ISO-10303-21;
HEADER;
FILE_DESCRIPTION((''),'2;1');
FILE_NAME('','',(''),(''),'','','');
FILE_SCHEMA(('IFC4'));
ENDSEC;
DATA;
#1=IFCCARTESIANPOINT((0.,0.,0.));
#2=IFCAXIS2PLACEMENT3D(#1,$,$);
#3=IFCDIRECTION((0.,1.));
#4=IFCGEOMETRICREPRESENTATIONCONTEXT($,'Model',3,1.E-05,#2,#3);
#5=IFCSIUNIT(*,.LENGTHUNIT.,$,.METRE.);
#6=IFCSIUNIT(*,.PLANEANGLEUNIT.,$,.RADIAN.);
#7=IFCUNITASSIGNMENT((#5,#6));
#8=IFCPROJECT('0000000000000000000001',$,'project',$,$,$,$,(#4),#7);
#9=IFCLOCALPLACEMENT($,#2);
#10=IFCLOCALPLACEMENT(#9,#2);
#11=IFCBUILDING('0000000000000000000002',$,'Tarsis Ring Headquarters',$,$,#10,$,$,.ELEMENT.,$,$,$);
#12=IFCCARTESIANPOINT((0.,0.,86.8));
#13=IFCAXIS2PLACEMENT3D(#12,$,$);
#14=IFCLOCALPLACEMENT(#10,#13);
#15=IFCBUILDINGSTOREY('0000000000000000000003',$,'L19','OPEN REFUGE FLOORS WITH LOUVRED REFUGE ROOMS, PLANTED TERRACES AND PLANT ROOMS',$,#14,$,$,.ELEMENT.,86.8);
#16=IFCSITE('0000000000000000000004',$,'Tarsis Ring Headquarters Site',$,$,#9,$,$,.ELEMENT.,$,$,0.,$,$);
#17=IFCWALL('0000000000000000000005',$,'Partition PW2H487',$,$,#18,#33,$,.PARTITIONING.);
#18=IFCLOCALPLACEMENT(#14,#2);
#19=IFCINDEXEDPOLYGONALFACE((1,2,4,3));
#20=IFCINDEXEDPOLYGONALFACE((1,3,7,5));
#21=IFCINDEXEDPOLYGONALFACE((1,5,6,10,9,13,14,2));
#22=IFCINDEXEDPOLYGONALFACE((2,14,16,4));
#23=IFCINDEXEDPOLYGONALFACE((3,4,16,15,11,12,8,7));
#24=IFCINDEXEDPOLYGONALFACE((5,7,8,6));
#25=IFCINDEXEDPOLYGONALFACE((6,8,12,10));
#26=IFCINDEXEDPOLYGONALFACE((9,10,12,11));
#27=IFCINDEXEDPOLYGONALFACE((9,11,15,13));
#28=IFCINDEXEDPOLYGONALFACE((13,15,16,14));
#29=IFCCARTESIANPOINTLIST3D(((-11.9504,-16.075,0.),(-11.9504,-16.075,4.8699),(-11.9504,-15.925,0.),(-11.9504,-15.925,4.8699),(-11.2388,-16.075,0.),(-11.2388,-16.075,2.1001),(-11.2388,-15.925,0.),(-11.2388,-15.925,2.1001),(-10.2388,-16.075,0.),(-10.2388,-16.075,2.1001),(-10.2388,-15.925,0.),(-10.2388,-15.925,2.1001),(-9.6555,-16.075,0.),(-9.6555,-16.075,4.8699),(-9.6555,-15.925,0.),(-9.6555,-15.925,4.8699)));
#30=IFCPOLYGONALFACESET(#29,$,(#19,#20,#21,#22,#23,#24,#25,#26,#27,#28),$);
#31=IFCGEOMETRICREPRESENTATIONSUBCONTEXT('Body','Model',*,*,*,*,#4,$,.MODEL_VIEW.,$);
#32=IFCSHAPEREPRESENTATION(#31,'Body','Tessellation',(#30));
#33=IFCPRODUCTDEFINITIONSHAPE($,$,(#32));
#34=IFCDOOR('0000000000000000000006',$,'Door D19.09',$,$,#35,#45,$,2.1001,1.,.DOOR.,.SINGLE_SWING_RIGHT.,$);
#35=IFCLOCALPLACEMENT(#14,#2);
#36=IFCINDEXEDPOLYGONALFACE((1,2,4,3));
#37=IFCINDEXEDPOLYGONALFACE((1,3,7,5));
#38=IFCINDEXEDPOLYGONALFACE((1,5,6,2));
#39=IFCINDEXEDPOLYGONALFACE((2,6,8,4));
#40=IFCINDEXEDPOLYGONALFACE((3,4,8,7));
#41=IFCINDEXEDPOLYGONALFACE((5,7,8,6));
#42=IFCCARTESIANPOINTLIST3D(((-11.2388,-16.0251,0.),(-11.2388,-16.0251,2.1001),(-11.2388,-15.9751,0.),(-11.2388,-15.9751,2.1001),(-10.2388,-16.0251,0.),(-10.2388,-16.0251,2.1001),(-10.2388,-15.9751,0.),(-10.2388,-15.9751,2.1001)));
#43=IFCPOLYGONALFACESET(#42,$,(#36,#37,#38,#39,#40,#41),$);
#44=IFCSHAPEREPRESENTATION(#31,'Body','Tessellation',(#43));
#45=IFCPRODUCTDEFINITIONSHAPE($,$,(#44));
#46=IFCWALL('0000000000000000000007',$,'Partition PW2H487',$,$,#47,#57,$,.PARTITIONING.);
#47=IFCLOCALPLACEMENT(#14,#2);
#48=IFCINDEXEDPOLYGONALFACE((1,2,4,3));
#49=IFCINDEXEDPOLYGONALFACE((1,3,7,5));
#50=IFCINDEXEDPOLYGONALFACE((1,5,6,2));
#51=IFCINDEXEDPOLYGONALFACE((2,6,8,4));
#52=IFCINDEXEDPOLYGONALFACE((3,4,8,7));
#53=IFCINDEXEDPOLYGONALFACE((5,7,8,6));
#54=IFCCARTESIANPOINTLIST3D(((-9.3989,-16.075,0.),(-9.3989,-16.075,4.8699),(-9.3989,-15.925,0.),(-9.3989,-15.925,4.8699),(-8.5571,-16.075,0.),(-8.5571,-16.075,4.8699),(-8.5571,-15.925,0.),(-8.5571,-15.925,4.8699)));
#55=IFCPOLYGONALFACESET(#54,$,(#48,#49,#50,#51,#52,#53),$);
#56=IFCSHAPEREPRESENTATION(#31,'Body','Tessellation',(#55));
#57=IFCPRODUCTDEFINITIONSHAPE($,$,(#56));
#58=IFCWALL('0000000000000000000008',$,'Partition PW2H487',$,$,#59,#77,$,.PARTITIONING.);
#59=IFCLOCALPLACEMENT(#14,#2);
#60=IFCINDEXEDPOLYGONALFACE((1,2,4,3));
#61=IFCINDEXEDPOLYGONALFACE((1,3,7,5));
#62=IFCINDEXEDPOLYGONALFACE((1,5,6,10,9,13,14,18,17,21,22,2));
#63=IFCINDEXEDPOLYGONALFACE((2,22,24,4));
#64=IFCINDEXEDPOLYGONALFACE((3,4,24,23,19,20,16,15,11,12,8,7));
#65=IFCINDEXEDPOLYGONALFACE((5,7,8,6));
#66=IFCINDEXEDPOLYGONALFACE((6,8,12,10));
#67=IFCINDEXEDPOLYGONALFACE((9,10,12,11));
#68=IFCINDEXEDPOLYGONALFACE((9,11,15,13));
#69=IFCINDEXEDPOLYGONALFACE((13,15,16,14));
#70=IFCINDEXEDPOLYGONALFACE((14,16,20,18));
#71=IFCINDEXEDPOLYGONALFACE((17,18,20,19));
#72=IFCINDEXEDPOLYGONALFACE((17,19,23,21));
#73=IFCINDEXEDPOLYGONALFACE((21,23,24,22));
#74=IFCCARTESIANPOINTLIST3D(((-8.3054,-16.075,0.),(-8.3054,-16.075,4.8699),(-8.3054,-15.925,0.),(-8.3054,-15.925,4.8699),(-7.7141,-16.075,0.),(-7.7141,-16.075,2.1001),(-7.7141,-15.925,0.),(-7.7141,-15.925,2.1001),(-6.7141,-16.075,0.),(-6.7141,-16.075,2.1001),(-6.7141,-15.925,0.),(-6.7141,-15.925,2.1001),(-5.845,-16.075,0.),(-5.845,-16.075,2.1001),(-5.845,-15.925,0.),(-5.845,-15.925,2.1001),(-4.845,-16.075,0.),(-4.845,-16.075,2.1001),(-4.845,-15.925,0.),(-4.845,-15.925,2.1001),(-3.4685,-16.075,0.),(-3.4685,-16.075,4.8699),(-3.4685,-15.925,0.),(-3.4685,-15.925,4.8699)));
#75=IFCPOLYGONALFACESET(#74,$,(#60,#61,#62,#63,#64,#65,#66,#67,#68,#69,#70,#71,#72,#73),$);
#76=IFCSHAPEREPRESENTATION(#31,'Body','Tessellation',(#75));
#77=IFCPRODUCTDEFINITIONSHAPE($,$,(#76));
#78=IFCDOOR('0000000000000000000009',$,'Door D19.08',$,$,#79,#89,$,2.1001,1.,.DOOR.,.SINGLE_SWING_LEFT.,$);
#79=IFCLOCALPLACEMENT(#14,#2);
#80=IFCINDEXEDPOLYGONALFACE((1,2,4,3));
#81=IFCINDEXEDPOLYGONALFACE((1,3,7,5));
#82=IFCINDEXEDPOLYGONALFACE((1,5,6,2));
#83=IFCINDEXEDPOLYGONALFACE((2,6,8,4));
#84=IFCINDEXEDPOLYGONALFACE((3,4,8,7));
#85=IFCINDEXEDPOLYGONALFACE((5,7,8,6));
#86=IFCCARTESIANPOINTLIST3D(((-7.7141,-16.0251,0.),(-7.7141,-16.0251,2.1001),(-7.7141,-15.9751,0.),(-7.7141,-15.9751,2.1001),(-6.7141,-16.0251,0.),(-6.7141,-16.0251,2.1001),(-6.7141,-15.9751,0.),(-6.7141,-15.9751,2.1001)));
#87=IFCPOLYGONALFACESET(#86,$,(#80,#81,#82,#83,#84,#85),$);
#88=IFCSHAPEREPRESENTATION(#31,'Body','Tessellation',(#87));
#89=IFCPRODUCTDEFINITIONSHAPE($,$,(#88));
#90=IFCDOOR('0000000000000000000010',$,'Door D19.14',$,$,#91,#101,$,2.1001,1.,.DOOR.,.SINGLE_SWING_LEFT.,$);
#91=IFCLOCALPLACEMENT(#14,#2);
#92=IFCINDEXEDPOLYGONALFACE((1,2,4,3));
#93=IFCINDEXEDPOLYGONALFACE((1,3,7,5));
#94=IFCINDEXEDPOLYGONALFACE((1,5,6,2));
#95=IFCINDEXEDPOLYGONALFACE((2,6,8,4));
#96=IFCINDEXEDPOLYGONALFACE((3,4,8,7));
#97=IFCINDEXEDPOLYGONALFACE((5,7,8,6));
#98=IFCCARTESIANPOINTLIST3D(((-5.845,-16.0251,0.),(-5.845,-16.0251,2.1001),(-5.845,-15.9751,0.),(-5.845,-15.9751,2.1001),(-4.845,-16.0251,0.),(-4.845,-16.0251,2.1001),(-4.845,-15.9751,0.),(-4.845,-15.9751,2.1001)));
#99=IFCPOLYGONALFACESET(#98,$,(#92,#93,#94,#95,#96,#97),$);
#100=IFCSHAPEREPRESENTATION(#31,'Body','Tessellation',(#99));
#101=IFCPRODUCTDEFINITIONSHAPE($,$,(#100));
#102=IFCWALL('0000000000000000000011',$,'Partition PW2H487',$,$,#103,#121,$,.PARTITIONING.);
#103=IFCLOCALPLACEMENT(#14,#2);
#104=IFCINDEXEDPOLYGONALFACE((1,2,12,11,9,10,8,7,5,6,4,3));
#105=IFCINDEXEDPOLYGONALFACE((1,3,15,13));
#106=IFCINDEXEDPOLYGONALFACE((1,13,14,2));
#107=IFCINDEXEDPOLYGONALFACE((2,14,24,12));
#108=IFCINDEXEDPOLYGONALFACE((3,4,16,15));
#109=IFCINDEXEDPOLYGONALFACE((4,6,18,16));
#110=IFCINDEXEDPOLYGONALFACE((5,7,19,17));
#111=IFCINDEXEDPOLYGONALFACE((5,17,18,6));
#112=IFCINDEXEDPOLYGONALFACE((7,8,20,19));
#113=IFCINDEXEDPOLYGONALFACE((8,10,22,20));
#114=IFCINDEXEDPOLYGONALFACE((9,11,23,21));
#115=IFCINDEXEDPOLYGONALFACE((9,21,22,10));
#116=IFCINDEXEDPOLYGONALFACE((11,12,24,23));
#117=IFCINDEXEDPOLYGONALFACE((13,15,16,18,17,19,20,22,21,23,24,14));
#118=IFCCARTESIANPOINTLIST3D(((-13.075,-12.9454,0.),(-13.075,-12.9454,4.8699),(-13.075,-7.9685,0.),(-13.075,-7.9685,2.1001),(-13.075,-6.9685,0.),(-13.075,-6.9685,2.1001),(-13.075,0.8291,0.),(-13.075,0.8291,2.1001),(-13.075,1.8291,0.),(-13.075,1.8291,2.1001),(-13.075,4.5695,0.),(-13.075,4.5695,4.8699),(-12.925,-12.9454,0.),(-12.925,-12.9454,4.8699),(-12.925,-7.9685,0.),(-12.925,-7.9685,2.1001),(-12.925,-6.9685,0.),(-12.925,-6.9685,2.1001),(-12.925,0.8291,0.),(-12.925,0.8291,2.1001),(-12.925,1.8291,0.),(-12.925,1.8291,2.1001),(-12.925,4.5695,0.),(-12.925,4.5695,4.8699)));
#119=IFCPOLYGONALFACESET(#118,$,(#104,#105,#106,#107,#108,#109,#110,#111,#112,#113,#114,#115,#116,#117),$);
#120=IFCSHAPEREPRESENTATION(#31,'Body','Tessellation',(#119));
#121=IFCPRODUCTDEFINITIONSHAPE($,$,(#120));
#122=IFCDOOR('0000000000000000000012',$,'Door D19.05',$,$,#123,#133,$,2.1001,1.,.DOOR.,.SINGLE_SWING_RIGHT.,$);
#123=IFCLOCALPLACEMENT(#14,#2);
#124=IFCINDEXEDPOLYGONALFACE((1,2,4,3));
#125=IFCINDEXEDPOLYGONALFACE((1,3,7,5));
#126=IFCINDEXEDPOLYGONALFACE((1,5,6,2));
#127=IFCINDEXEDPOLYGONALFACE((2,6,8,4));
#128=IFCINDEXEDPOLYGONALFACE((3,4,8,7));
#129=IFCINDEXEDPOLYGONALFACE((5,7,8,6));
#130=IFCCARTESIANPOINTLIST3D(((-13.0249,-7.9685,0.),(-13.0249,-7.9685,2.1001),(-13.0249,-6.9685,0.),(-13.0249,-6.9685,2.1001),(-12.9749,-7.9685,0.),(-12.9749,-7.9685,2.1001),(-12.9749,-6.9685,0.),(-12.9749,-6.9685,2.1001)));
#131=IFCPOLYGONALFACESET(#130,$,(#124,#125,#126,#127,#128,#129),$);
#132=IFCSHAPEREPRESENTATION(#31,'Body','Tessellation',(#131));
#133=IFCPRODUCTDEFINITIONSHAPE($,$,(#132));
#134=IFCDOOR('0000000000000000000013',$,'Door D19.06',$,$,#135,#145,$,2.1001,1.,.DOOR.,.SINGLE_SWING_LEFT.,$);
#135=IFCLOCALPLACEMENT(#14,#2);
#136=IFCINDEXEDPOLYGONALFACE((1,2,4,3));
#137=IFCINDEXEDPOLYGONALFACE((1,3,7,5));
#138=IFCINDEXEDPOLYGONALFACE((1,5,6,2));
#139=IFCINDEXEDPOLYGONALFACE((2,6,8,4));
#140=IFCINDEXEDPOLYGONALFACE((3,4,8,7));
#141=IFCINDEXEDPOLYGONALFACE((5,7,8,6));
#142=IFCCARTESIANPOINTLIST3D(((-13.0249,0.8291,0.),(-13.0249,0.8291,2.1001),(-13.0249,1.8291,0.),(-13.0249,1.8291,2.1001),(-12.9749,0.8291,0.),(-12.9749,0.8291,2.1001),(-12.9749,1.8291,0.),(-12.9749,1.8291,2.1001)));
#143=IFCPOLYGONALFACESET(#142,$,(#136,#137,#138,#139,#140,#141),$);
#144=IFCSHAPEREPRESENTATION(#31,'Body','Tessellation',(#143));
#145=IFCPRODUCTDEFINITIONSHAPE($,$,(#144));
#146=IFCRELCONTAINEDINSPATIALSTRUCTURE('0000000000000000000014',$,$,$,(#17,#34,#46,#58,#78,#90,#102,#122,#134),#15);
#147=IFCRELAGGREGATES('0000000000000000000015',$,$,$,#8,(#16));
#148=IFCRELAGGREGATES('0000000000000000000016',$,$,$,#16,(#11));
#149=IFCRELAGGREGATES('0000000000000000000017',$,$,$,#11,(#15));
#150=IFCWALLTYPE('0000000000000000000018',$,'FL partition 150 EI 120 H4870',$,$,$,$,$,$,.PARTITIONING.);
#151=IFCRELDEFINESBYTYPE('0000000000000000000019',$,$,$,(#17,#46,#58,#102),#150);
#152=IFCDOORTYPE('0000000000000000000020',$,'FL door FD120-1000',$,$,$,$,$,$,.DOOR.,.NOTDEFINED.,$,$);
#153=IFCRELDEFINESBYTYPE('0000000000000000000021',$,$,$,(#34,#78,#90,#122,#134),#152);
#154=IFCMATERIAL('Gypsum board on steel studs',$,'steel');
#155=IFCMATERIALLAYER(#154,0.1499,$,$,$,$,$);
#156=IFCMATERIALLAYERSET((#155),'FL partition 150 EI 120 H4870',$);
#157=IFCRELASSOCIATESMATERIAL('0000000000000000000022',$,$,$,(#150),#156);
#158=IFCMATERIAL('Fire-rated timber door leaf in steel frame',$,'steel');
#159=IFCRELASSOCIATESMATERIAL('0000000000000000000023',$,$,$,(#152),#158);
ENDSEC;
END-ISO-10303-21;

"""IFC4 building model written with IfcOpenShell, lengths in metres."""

from ifc_helpers import new_model, si_unit, direction, frame, frame_2d, origin, place, context, subcontext, project, spatial, rectangle, extrude, material, layer, layer_set, type_object, element, fill, save


model = new_model("IFC4")

# Units and contexts
model_context = context("Model", 3, precision=1e-05, world=origin(), true_north=direction((0.0, 1.0)))
body_context = subcontext(model_context, "Body", "Model", "MODEL_VIEW")
ifc_project = project(units=[si_unit("LENGTHUNIT", "METRE"), si_unit("PLANEANGLEUNIT", "RADIAN")], contexts=[model_context])

# Site, building, storey
site_placement = place(None, origin())
site = spatial("IfcSite", under=ifc_project, at=site_placement, Name="Tarsis Ring Headquarters Site", CompositionType="ELEMENT", RefElevation=0.0)
building_placement = place(site_placement, origin())
building = spatial("IfcBuilding", under=site, at=building_placement, Name="Tarsis Ring Headquarters", CompositionType="ELEMENT")
storey_placement = place(building_placement, frame((0.0, 0.0, 86.8)))
storey = spatial("IfcBuildingStorey", under=building, at=storey_placement, Name="L19", Description="OPEN REFUGE FLOORS WITH LOUVRED REFUGE ROOMS, PLANTED TERRACES AND PLANT ROOMS", CompositionType="ELEMENT", Elevation=86.8)

# Wall, opening, door
ifc_material_1 = material(Name="Gypsum board on steel studs", Category="steel")
ifc_layer_1 = layer(ifc_material_1, 0.1499)
ifc_layer_set_1 = layer_set([ifc_layer_1], Name="FL partition 150 EI 120 H4870")
wall_type_1 = type_object("IfcWallType", Name="FL partition 150 EI 120 H4870", PredefinedType="PARTITIONING", material=ifc_layer_set_1)
wall_1_placement = place(storey_placement, frame((-11.9504, -16.0, 0.0), z_axis=(0.0, 0.0, 1.0), x_axis=(1.0, 0.0, 0.0)))
wall_1 = element("IfcWall", 1, at=wall_1_placement, inside=storey, type_object=wall_type_1, Name="Partition PW2H487", PredefinedType="PARTITIONING", context=body_context, shape_type="SweptSolid", body=[
    extrude(rectangle(XDim=2.2949, YDim=0.1499, at=frame_2d((1.1475, 0.0))), origin(), (0.0, 0.0, 1.0), 4.8699),
])
opening_1_placement = place(wall_1_placement, frame((0.7117, 0.0, 0.0)))
opening_1 = element("IfcOpeningElement", 2, at=opening_1_placement, cuts=wall_1, PredefinedType="OPENING", context=body_context, shape_type="SweptSolid", body=[
    extrude(rectangle(XDim=1.0, YDim=2.1001, at=frame_2d((0.5, 1.05))), frame((0.0, 0.085, 0.0), z_axis=(0.0, -1.0, 0.0), x_axis=(1.0, 0.0, 0.0)), (0.0, 0.0, 1.0), 0.1699),
])
ifc_material_2 = material(Name="Fire-rated timber door leaf in steel frame", Category="steel")
door_type_1 = type_object("IfcDoorType", Name="FL door FD120-1000", OperationType="NOTDEFINED", PredefinedType="DOOR", material=ifc_material_2)
door_1_placement = place(opening_1_placement, origin())
door_1 = element("IfcDoor", 3, at=door_1_placement, inside=storey, type_object=door_type_1, Name="Door D19.09", OperationType="SINGLE_SWING_RIGHT", OverallHeight=2.1001, OverallWidth=1.0, PredefinedType="DOOR", context=body_context, shape_type="SweptSolid", body=[
    extrude(rectangle(XDim=1.0, YDim=2.1001, at=frame_2d((0.5, 1.05))), frame((0.0, 0.0249, 0.0), z_axis=(0.0, -1.0, 0.0), x_axis=(1.0, 0.0, 0.0)), (0.0, 0.0, 1.0), 0.05),
])
fill(opening_1, door_1)

# Wall
wall_2_placement = place(storey_placement, frame((-9.3989, -16.0, 0.0), z_axis=(0.0, 0.0, 1.0), x_axis=(1.0, 0.0, 0.0)))
element("IfcWall", 4, at=wall_2_placement, inside=storey, type_object=wall_type_1, Name="Partition PW2H487", PredefinedType="PARTITIONING", context=body_context, shape_type="SweptSolid", body=[
    extrude(rectangle(XDim=0.8418, YDim=0.1499, at=frame_2d((0.4209, 0.0))), origin(), (0.0, 0.0, 1.0), 4.8699),
])

# Walls, openings, doors
wall_3_placement = place(storey_placement, frame((-8.3054, -16.0, 0.0), z_axis=(0.0, 0.0, 1.0), x_axis=(1.0, 0.0, 0.0)))
wall_3 = element("IfcWall", 5, at=wall_3_placement, inside=storey, type_object=wall_type_1, Name="Partition PW2H487", PredefinedType="PARTITIONING", context=body_context, shape_type="SweptSolid", body=[
    extrude(rectangle(XDim=4.8369, YDim=0.1499, at=frame_2d((2.4185, 0.0))), origin(), (0.0, 0.0, 1.0), 4.8699),
])
opening_2_placement = place(wall_3_placement, frame((0.5913, 0.0, 0.0)))
opening_2 = element("IfcOpeningElement", 6, at=opening_2_placement, cuts=wall_3, PredefinedType="OPENING", context=body_context, shape_type="SweptSolid", body=[
    extrude(rectangle(XDim=1.0, YDim=2.1001, at=frame_2d((0.5, 1.05))), frame((0.0, 0.085, 0.0), z_axis=(0.0, -1.0, 0.0), x_axis=(1.0, 0.0, 0.0)), (0.0, 0.0, 1.0), 0.1699),
])
opening_3_placement = place(wall_3_placement, frame((2.4604, 0.0, 0.0)))
opening_3 = element("IfcOpeningElement", 7, at=opening_3_placement, cuts=wall_3, PredefinedType="OPENING", context=body_context, shape_type="SweptSolid", body=[
    extrude(rectangle(XDim=1.0, YDim=2.1001, at=frame_2d((0.5, 1.05))), frame((0.0, 0.085, 0.0), z_axis=(0.0, -1.0, 0.0), x_axis=(1.0, 0.0, 0.0)), (0.0, 0.0, 1.0), 0.1699),
])
door_2_placement = place(opening_2_placement, origin())
door_2 = element("IfcDoor", 8, at=door_2_placement, inside=storey, type_object=door_type_1, Name="Door D19.08", OperationType="SINGLE_SWING_LEFT", OverallHeight=2.1001, OverallWidth=1.0, PredefinedType="DOOR", context=body_context, shape_type="SweptSolid", body=[
    extrude(rectangle(XDim=1.0, YDim=2.1001, at=frame_2d((0.5, 1.05))), frame((0.0, 0.0249, 0.0), z_axis=(0.0, -1.0, 0.0), x_axis=(1.0, 0.0, 0.0)), (0.0, 0.0, 1.0), 0.05),
])
fill(opening_2, door_2)
door_3_placement = place(opening_3_placement, origin())
door_3 = element("IfcDoor", 9, at=door_3_placement, inside=storey, type_object=door_type_1, Name="Door D19.14", OperationType="SINGLE_SWING_LEFT", OverallHeight=2.1001, OverallWidth=1.0, PredefinedType="DOOR", context=body_context, shape_type="SweptSolid", body=[
    extrude(rectangle(XDim=1.0, YDim=2.1001, at=frame_2d((0.5, 1.05))), frame((0.0, 0.0249, 0.0), z_axis=(0.0, -1.0, 0.0), x_axis=(1.0, 0.0, 0.0)), (0.0, 0.0, 1.0), 0.05),
])
fill(opening_3, door_3)
wall_4_placement = place(storey_placement, frame((-13.0, -12.9453, 0.0), z_axis=(0.0, 0.0, 1.0), x_axis=(0.0, 1.0, 0.0)))
wall_4 = element("IfcWall", 10, at=wall_4_placement, inside=storey, type_object=wall_type_1, Name="Partition PW2H487", PredefinedType="PARTITIONING", context=body_context, shape_type="SweptSolid", body=[
    extrude(rectangle(XDim=17.5149, YDim=0.1499, at=frame_2d((8.7573, 0.0))), origin(), (0.0, 0.0, 1.0), 4.8699),
])
opening_4_placement = place(wall_4_placement, frame((4.9768, 0.0, 0.0)))
opening_4 = element("IfcOpeningElement", 11, at=opening_4_placement, cuts=wall_4, PredefinedType="OPENING", context=body_context, shape_type="SweptSolid", body=[
    extrude(rectangle(XDim=1.0, YDim=2.1001, at=frame_2d((0.5, 1.05))), frame((0.0, 0.085, 0.0), z_axis=(0.0, -1.0, 0.0), x_axis=(1.0, 0.0, 0.0)), (0.0, 0.0, 1.0), 0.1699),
])
opening_5_placement = place(wall_4_placement, frame((13.7744, 0.0, 0.0)))
opening_5 = element("IfcOpeningElement", 12, at=opening_5_placement, cuts=wall_4, PredefinedType="OPENING", context=body_context, shape_type="SweptSolid", body=[
    extrude(rectangle(XDim=1.0, YDim=2.1001, at=frame_2d((0.5, 1.05))), frame((0.0, 0.085, 0.0), z_axis=(0.0, -1.0, 0.0), x_axis=(1.0, 0.0, 0.0)), (0.0, 0.0, 1.0), 0.1699),
])
door_4_placement = place(opening_4_placement, origin())
door_4 = element("IfcDoor", 13, at=door_4_placement, inside=storey, type_object=door_type_1, Name="Door D19.05", OperationType="SINGLE_SWING_RIGHT", OverallHeight=2.1001, OverallWidth=1.0, PredefinedType="DOOR", context=body_context, shape_type="SweptSolid", body=[
    extrude(rectangle(XDim=1.0, YDim=2.1001, at=frame_2d((0.5, 1.05))), frame((0.0, 0.0249, 0.0), z_axis=(0.0, -1.0, 0.0), x_axis=(1.0, 0.0, 0.0)), (0.0, 0.0, 1.0), 0.05),
])
fill(opening_4, door_4)
door_5_placement = place(opening_5_placement, origin())
door_5 = element("IfcDoor", 14, at=door_5_placement, inside=storey, type_object=door_type_1, Name="Door D19.06", OperationType="SINGLE_SWING_LEFT", OverallHeight=2.1001, OverallWidth=1.0, PredefinedType="DOOR", context=body_context, shape_type="SweptSolid", body=[
    extrude(rectangle(XDim=1.0, YDim=2.1001, at=frame_2d((0.5, 1.05))), frame((0.0, 0.0249, 0.0), z_axis=(0.0, -1.0, 0.0), x_axis=(1.0, 0.0, 0.0)), (0.0, 0.0, 1.0), 0.05),
])
fill(opening_5, door_5)

save(model, "model.ifc")
